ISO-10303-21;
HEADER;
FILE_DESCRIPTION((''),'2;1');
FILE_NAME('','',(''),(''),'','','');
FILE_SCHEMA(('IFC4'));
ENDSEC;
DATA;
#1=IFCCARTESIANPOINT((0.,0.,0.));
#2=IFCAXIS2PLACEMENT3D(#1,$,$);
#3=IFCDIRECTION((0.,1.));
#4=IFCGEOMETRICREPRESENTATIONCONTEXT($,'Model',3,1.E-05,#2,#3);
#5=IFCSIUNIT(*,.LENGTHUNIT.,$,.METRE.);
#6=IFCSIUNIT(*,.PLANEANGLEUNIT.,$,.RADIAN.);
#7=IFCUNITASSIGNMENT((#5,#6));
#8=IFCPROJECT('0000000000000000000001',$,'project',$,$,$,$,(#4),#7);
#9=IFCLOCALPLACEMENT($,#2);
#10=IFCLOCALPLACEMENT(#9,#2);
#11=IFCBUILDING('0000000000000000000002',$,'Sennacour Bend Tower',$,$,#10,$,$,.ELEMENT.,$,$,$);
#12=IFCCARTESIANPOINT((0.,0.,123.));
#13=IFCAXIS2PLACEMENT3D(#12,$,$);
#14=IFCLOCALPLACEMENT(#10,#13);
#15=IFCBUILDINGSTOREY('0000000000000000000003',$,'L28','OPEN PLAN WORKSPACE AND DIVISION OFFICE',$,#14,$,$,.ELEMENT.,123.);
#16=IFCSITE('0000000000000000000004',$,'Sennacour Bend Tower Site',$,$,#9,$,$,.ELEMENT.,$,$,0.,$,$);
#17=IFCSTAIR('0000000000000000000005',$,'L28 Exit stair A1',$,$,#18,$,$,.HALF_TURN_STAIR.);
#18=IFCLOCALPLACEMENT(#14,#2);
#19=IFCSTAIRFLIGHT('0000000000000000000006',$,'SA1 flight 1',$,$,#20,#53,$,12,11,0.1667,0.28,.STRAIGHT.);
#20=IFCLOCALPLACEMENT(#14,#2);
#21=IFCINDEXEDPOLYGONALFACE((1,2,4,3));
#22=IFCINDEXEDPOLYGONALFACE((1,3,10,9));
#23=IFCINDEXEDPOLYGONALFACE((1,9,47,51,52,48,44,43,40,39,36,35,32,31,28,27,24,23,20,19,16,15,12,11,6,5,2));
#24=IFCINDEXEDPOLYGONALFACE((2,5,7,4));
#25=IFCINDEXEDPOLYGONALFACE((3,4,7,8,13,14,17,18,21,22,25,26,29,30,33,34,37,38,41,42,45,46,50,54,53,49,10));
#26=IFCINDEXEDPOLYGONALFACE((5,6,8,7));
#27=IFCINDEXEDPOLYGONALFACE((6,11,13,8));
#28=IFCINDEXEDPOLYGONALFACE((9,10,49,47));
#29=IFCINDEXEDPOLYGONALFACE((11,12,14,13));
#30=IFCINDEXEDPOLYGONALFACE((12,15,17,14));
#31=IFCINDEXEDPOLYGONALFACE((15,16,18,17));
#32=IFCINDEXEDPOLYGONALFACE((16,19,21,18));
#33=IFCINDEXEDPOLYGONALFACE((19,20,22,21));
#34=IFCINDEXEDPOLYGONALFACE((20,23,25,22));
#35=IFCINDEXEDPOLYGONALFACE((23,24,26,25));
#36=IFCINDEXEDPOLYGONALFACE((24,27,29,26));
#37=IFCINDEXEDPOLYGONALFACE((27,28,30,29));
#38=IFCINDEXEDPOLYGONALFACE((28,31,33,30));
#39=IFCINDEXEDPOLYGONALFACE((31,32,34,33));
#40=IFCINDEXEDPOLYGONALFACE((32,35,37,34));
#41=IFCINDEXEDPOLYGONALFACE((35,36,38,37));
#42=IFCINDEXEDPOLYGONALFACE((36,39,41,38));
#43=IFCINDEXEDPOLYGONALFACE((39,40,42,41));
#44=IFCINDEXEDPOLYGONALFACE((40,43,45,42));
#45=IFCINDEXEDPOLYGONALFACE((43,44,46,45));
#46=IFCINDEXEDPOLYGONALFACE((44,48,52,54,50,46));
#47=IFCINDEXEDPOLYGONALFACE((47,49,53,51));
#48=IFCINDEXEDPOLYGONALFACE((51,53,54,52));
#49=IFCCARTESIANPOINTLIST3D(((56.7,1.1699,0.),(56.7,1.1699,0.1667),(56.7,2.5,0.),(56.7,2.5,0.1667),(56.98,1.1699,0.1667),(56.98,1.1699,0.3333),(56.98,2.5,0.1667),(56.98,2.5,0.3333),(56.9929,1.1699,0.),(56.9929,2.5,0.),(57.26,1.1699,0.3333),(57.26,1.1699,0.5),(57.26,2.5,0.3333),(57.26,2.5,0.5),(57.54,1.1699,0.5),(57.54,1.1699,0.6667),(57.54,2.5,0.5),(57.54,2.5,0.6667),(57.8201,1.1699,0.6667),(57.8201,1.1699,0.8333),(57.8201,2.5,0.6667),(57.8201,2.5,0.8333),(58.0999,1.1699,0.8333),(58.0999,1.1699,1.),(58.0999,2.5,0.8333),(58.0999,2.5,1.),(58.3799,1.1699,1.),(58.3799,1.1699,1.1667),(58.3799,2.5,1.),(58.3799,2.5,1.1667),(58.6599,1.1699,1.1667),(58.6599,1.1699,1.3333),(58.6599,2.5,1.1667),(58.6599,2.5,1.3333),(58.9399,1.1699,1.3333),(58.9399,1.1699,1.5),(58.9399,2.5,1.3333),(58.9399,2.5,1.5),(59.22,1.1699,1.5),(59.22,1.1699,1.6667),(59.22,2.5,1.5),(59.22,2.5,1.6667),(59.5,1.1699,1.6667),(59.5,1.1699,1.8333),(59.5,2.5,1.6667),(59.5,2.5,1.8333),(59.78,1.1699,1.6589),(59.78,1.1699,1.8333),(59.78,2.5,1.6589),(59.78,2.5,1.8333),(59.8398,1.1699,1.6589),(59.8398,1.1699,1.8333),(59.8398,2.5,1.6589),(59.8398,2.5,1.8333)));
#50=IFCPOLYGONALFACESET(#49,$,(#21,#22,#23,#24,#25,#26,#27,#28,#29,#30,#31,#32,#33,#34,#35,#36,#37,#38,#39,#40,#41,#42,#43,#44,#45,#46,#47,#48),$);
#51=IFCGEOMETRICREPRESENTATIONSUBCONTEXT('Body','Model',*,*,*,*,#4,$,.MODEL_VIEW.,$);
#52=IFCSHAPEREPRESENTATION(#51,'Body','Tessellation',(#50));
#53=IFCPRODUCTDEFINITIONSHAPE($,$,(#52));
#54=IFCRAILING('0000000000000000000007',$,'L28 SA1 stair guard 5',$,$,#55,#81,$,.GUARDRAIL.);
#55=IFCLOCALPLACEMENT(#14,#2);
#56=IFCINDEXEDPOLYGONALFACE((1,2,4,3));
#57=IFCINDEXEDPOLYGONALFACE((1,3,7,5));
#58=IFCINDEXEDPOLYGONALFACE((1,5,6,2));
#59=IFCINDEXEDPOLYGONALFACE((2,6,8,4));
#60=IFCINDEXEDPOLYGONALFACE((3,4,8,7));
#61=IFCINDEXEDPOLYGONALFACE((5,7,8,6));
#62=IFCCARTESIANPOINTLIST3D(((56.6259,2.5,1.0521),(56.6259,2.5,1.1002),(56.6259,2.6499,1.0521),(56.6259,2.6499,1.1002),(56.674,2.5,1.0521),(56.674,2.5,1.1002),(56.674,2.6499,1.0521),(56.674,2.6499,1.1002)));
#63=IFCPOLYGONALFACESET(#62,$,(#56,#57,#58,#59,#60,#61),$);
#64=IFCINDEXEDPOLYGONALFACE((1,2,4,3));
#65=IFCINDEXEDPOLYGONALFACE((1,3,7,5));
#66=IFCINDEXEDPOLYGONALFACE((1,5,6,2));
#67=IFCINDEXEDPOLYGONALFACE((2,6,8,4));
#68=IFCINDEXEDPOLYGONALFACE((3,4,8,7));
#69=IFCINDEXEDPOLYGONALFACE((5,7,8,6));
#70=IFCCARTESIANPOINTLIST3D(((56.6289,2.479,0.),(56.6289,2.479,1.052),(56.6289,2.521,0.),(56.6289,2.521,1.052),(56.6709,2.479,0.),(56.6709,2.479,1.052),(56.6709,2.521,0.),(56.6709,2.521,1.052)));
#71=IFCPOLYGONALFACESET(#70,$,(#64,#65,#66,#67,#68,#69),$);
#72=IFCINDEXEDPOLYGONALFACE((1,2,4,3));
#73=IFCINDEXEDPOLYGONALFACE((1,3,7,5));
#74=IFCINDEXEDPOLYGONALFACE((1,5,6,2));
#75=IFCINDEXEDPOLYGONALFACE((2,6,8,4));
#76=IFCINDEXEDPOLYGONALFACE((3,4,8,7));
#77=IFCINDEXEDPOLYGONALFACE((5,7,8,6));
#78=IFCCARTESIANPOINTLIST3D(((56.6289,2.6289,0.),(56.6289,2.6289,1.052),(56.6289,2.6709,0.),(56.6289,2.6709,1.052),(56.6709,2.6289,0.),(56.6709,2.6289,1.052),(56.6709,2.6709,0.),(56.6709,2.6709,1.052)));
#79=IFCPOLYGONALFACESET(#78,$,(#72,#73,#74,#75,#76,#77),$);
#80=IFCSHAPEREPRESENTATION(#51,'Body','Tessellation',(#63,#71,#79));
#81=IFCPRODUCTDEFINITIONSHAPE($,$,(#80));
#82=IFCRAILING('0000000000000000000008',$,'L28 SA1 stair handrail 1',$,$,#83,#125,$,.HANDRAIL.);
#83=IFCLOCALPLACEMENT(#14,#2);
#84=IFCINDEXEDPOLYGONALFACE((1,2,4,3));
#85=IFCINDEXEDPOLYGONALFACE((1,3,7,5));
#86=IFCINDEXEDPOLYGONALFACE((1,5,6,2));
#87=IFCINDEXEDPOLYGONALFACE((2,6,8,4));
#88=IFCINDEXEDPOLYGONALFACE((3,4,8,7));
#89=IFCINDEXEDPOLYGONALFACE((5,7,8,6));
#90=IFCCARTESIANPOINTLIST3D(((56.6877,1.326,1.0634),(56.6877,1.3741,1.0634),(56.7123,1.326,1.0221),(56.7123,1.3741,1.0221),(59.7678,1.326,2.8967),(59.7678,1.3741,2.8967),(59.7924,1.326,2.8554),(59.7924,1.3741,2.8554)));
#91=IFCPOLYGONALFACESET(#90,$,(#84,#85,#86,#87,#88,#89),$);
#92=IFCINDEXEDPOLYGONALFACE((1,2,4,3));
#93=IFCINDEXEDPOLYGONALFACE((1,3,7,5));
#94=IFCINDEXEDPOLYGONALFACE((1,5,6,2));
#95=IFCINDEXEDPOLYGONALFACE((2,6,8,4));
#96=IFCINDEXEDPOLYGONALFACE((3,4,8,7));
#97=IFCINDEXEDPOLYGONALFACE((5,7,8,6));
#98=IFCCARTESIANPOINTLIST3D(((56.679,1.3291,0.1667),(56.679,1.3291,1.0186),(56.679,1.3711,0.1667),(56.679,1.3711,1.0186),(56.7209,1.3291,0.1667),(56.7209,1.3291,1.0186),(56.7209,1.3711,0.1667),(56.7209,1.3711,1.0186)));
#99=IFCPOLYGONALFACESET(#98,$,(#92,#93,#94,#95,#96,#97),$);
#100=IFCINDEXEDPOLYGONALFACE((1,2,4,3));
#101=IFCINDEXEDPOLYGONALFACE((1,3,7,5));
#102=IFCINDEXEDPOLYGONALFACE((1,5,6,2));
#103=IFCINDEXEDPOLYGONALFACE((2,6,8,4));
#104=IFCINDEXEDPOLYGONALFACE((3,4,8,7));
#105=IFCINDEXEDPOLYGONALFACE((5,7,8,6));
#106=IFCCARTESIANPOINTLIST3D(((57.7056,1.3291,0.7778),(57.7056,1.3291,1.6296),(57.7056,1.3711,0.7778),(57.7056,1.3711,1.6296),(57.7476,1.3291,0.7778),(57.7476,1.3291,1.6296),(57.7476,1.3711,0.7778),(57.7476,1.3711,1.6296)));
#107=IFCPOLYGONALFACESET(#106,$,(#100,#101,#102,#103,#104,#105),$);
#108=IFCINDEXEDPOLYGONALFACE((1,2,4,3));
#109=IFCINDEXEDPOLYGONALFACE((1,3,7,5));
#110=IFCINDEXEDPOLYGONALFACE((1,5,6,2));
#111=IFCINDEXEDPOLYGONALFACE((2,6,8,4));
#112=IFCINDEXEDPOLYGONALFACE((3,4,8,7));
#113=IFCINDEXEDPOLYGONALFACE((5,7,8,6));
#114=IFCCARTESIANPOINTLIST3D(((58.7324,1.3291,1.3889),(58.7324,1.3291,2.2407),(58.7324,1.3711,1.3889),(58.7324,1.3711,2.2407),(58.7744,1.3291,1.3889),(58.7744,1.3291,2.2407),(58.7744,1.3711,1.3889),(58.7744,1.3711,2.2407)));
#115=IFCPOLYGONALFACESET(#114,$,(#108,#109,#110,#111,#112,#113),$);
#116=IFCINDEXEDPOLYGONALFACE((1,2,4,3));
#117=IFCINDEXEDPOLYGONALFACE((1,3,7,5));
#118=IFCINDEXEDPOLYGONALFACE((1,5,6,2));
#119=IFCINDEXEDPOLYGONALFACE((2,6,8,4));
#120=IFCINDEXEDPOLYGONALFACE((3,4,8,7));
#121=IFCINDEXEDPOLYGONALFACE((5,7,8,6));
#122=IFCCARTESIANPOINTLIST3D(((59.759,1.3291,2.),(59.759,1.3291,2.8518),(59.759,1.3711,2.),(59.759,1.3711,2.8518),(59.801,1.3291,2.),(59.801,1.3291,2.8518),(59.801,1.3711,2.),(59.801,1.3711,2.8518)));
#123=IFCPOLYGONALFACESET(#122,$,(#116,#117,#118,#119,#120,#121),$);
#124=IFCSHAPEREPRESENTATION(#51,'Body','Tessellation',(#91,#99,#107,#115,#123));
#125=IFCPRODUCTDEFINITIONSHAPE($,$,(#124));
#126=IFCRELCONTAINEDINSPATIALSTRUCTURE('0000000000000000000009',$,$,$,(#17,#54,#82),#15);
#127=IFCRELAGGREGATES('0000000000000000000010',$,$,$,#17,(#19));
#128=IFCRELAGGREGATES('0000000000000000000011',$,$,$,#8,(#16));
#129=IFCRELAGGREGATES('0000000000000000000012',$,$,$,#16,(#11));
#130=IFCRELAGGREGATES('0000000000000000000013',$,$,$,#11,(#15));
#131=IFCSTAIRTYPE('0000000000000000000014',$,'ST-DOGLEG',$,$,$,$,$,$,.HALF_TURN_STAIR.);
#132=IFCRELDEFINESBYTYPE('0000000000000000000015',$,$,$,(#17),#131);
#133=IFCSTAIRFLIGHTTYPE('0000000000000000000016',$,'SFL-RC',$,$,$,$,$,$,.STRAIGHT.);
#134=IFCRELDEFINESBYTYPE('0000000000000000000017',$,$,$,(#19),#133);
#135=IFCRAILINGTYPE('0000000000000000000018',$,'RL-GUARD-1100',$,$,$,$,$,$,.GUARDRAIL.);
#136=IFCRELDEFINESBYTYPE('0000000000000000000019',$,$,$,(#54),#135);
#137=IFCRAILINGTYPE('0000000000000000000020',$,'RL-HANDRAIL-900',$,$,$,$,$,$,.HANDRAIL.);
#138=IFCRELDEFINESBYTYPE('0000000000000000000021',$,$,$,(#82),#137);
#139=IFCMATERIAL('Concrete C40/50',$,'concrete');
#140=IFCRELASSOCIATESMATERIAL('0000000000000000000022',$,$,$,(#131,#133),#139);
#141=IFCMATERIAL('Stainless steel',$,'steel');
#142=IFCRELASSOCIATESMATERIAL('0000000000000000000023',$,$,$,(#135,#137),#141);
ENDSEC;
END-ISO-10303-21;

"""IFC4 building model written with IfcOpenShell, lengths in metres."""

from ifc_helpers import new_model, si_unit, direction, frame, origin, origin_2d, place, context, subcontext, project, spatial, polyline, rectangle, outline, extrude, material, type_object, element, aggregate, save


model = new_model("IFC4")

# Units and contexts
model_context = context("Model", 3, precision=1e-05, world=origin(), true_north=direction((0.0, 1.0)))
body_context = subcontext(model_context, "Body", "Model", "MODEL_VIEW")
ifc_project = project(units=[si_unit("LENGTHUNIT", "METRE"), si_unit("PLANEANGLEUNIT", "RADIAN")], contexts=[model_context])

# Site, building, storey
site_placement = place(None, origin())
site = spatial("IfcSite", under=ifc_project, at=site_placement, Name="Sennacour Bend Tower Site", CompositionType="ELEMENT", RefElevation=0.0)
building_placement = place(site_placement, origin())
building = spatial("IfcBuilding", under=site, at=building_placement, Name="Sennacour Bend Tower", CompositionType="ELEMENT")
storey_placement = place(building_placement, frame((0.0, 0.0, 123.0)))
storey = spatial("IfcBuildingStorey", under=building, at=storey_placement, Name="L28", Description="OPEN PLAN WORKSPACE AND DIVISION OFFICE", CompositionType="ELEMENT", Elevation=123.0)

# Shared definitions
ifc_material_1 = material(Name="Stainless steel", Category="steel")

# Stair, stair flight
ifc_material_2 = material(Name="Concrete C40/50", Category="concrete")
stair_type = type_object("IfcStairType", Name="ST-DOGLEG", PredefinedType="HALF_TURN_STAIR", material=ifc_material_2)
stair_placement = place(storey_placement, origin())
stair = element("IfcStair", 1, at=stair_placement, inside=storey, type_object=stair_type, Name="L28 Exit stair A1", PredefinedType="HALF_TURN_STAIR")
stair_flight_type = type_object("IfcStairFlightType", Name="SFL-RC", PredefinedType="STRAIGHT", material=ifc_material_2)
stair_flight_placement = place(storey_placement, frame((56.7, 1.835, 0.0), z_axis=(0.0, 0.0, 1.0), x_axis=(1.0, 0.0, 0.0)))
stair_flight = element("IfcStairFlight", 2, at=stair_flight_placement, type_object=stair_flight_type, Name="SA1 flight 1", NumberOfRisers=12, NumberOfTreads=11, PredefinedType="STRAIGHT", RiserHeight=0.1667, TreadLength=0.28, context=body_context, shape_type="SweptSolid", body=[
    extrude(outline(polyline([(0.0, 0.0), (0.0, 0.1667), (0.28, 0.1667), (0.28, 0.3333), (0.5601, 0.3333), (0.5601, 0.5), (0.8401, 0.5), (0.8401, 0.6667), (1.1201, 0.6667), (1.1201, 0.8333), (1.3999, 0.8333), (1.3999, 1.0), (1.6799, 1.0), (1.6799, 1.1667), (1.96, 1.1667), (1.96, 1.3333), (2.24, 1.3333), (2.24, 1.5), (2.52, 1.5), (2.52, 1.6667), (2.8, 1.6667), (2.8, 1.8333), (3.0801, 1.8333), (3.1399, 1.8333), (3.1399, 1.6589), (3.0801, 1.6589), (0.293, 0.0), (0.0, 0.0)])), frame((0.0, 0.665, 0.0), z_axis=(0.0, -1.0, 0.0), x_axis=(1.0, 0.0, 0.0)), (0.0, 0.0, 1.0), 1.3301),
])
aggregate(stair, [stair_flight])

# Railings
railing_type_1 = type_object("IfcRailingType", Name="RL-GUARD-1100", PredefinedType="GUARDRAIL", material=ifc_material_1)
railing_1_placement = place(storey_placement, frame((56.6499, 2.5, 0.0)))
element("IfcRailing", 3, at=railing_1_placement, inside=storey, type_object=railing_type_1, Name="L28 SA1 stair guard 5", PredefinedType="GUARDRAIL", context=body_context, shape_type="SweptSolid", body=[
    extrude(rectangle(XDim=0.0481, YDim=0.0481, at=origin_2d()), frame((0.0, 0.0, 1.0762), z_axis=(0.0, 1.0, 0.0), x_axis=(-1.0, 0.0, 0.0)), (0.0, 0.0, 1.0), 0.1499),
    extrude(rectangle(XDim=0.042, YDim=0.042, at=origin_2d()), origin(), (0.0, 0.0, 1.0), 1.052),
    extrude(rectangle(XDim=0.042, YDim=0.042, at=origin_2d()), frame((0.0, 0.1499, 0.0)), (0.0, 0.0, 1.0), 1.052),
])
railing_type_2 = type_object("IfcRailingType", Name="RL-HANDRAIL-900", PredefinedType="HANDRAIL", material=ifc_material_1)
railing_2_placement = place(storey_placement, frame((56.7, 1.3501, 0.1667)))
element("IfcRailing", 4, at=railing_2_placement, inside=storey, type_object=railing_type_2, Name="L28 SA1 stair handrail 1", PredefinedType="HANDRAIL", context=body_context, shape_type="SweptSolid", body=[
    extrude(rectangle(XDim=0.0481, YDim=0.0481, at=origin_2d()), frame((0.0, 0.0, 0.876), z_axis=(0.859309, 0.0, 0.511458), x_axis=(0.0, 1.0, 0.0)), (0.0, 0.0, 1.0), 3.5845),
    extrude(rectangle(XDim=0.042, YDim=0.042, at=origin_2d()), origin(), (0.0, 0.0, 1.0), 0.8518),
    extrude(rectangle(XDim=0.042, YDim=0.042, at=origin_2d()), frame((1.0266, 0.0, 0.6111)), (0.0, 0.0, 1.0), 0.8518),
    extrude(rectangle(XDim=0.042, YDim=0.042, at=origin_2d()), frame((2.0535, 0.0, 1.2222)), (0.0, 0.0, 1.0), 0.8518),
    extrude(rectangle(XDim=0.042, YDim=0.042, at=origin_2d()), frame((3.0801, 0.0, 1.8333)), (0.0, 0.0, 1.0), 0.8518),
])

save(model, "model.ifc")
